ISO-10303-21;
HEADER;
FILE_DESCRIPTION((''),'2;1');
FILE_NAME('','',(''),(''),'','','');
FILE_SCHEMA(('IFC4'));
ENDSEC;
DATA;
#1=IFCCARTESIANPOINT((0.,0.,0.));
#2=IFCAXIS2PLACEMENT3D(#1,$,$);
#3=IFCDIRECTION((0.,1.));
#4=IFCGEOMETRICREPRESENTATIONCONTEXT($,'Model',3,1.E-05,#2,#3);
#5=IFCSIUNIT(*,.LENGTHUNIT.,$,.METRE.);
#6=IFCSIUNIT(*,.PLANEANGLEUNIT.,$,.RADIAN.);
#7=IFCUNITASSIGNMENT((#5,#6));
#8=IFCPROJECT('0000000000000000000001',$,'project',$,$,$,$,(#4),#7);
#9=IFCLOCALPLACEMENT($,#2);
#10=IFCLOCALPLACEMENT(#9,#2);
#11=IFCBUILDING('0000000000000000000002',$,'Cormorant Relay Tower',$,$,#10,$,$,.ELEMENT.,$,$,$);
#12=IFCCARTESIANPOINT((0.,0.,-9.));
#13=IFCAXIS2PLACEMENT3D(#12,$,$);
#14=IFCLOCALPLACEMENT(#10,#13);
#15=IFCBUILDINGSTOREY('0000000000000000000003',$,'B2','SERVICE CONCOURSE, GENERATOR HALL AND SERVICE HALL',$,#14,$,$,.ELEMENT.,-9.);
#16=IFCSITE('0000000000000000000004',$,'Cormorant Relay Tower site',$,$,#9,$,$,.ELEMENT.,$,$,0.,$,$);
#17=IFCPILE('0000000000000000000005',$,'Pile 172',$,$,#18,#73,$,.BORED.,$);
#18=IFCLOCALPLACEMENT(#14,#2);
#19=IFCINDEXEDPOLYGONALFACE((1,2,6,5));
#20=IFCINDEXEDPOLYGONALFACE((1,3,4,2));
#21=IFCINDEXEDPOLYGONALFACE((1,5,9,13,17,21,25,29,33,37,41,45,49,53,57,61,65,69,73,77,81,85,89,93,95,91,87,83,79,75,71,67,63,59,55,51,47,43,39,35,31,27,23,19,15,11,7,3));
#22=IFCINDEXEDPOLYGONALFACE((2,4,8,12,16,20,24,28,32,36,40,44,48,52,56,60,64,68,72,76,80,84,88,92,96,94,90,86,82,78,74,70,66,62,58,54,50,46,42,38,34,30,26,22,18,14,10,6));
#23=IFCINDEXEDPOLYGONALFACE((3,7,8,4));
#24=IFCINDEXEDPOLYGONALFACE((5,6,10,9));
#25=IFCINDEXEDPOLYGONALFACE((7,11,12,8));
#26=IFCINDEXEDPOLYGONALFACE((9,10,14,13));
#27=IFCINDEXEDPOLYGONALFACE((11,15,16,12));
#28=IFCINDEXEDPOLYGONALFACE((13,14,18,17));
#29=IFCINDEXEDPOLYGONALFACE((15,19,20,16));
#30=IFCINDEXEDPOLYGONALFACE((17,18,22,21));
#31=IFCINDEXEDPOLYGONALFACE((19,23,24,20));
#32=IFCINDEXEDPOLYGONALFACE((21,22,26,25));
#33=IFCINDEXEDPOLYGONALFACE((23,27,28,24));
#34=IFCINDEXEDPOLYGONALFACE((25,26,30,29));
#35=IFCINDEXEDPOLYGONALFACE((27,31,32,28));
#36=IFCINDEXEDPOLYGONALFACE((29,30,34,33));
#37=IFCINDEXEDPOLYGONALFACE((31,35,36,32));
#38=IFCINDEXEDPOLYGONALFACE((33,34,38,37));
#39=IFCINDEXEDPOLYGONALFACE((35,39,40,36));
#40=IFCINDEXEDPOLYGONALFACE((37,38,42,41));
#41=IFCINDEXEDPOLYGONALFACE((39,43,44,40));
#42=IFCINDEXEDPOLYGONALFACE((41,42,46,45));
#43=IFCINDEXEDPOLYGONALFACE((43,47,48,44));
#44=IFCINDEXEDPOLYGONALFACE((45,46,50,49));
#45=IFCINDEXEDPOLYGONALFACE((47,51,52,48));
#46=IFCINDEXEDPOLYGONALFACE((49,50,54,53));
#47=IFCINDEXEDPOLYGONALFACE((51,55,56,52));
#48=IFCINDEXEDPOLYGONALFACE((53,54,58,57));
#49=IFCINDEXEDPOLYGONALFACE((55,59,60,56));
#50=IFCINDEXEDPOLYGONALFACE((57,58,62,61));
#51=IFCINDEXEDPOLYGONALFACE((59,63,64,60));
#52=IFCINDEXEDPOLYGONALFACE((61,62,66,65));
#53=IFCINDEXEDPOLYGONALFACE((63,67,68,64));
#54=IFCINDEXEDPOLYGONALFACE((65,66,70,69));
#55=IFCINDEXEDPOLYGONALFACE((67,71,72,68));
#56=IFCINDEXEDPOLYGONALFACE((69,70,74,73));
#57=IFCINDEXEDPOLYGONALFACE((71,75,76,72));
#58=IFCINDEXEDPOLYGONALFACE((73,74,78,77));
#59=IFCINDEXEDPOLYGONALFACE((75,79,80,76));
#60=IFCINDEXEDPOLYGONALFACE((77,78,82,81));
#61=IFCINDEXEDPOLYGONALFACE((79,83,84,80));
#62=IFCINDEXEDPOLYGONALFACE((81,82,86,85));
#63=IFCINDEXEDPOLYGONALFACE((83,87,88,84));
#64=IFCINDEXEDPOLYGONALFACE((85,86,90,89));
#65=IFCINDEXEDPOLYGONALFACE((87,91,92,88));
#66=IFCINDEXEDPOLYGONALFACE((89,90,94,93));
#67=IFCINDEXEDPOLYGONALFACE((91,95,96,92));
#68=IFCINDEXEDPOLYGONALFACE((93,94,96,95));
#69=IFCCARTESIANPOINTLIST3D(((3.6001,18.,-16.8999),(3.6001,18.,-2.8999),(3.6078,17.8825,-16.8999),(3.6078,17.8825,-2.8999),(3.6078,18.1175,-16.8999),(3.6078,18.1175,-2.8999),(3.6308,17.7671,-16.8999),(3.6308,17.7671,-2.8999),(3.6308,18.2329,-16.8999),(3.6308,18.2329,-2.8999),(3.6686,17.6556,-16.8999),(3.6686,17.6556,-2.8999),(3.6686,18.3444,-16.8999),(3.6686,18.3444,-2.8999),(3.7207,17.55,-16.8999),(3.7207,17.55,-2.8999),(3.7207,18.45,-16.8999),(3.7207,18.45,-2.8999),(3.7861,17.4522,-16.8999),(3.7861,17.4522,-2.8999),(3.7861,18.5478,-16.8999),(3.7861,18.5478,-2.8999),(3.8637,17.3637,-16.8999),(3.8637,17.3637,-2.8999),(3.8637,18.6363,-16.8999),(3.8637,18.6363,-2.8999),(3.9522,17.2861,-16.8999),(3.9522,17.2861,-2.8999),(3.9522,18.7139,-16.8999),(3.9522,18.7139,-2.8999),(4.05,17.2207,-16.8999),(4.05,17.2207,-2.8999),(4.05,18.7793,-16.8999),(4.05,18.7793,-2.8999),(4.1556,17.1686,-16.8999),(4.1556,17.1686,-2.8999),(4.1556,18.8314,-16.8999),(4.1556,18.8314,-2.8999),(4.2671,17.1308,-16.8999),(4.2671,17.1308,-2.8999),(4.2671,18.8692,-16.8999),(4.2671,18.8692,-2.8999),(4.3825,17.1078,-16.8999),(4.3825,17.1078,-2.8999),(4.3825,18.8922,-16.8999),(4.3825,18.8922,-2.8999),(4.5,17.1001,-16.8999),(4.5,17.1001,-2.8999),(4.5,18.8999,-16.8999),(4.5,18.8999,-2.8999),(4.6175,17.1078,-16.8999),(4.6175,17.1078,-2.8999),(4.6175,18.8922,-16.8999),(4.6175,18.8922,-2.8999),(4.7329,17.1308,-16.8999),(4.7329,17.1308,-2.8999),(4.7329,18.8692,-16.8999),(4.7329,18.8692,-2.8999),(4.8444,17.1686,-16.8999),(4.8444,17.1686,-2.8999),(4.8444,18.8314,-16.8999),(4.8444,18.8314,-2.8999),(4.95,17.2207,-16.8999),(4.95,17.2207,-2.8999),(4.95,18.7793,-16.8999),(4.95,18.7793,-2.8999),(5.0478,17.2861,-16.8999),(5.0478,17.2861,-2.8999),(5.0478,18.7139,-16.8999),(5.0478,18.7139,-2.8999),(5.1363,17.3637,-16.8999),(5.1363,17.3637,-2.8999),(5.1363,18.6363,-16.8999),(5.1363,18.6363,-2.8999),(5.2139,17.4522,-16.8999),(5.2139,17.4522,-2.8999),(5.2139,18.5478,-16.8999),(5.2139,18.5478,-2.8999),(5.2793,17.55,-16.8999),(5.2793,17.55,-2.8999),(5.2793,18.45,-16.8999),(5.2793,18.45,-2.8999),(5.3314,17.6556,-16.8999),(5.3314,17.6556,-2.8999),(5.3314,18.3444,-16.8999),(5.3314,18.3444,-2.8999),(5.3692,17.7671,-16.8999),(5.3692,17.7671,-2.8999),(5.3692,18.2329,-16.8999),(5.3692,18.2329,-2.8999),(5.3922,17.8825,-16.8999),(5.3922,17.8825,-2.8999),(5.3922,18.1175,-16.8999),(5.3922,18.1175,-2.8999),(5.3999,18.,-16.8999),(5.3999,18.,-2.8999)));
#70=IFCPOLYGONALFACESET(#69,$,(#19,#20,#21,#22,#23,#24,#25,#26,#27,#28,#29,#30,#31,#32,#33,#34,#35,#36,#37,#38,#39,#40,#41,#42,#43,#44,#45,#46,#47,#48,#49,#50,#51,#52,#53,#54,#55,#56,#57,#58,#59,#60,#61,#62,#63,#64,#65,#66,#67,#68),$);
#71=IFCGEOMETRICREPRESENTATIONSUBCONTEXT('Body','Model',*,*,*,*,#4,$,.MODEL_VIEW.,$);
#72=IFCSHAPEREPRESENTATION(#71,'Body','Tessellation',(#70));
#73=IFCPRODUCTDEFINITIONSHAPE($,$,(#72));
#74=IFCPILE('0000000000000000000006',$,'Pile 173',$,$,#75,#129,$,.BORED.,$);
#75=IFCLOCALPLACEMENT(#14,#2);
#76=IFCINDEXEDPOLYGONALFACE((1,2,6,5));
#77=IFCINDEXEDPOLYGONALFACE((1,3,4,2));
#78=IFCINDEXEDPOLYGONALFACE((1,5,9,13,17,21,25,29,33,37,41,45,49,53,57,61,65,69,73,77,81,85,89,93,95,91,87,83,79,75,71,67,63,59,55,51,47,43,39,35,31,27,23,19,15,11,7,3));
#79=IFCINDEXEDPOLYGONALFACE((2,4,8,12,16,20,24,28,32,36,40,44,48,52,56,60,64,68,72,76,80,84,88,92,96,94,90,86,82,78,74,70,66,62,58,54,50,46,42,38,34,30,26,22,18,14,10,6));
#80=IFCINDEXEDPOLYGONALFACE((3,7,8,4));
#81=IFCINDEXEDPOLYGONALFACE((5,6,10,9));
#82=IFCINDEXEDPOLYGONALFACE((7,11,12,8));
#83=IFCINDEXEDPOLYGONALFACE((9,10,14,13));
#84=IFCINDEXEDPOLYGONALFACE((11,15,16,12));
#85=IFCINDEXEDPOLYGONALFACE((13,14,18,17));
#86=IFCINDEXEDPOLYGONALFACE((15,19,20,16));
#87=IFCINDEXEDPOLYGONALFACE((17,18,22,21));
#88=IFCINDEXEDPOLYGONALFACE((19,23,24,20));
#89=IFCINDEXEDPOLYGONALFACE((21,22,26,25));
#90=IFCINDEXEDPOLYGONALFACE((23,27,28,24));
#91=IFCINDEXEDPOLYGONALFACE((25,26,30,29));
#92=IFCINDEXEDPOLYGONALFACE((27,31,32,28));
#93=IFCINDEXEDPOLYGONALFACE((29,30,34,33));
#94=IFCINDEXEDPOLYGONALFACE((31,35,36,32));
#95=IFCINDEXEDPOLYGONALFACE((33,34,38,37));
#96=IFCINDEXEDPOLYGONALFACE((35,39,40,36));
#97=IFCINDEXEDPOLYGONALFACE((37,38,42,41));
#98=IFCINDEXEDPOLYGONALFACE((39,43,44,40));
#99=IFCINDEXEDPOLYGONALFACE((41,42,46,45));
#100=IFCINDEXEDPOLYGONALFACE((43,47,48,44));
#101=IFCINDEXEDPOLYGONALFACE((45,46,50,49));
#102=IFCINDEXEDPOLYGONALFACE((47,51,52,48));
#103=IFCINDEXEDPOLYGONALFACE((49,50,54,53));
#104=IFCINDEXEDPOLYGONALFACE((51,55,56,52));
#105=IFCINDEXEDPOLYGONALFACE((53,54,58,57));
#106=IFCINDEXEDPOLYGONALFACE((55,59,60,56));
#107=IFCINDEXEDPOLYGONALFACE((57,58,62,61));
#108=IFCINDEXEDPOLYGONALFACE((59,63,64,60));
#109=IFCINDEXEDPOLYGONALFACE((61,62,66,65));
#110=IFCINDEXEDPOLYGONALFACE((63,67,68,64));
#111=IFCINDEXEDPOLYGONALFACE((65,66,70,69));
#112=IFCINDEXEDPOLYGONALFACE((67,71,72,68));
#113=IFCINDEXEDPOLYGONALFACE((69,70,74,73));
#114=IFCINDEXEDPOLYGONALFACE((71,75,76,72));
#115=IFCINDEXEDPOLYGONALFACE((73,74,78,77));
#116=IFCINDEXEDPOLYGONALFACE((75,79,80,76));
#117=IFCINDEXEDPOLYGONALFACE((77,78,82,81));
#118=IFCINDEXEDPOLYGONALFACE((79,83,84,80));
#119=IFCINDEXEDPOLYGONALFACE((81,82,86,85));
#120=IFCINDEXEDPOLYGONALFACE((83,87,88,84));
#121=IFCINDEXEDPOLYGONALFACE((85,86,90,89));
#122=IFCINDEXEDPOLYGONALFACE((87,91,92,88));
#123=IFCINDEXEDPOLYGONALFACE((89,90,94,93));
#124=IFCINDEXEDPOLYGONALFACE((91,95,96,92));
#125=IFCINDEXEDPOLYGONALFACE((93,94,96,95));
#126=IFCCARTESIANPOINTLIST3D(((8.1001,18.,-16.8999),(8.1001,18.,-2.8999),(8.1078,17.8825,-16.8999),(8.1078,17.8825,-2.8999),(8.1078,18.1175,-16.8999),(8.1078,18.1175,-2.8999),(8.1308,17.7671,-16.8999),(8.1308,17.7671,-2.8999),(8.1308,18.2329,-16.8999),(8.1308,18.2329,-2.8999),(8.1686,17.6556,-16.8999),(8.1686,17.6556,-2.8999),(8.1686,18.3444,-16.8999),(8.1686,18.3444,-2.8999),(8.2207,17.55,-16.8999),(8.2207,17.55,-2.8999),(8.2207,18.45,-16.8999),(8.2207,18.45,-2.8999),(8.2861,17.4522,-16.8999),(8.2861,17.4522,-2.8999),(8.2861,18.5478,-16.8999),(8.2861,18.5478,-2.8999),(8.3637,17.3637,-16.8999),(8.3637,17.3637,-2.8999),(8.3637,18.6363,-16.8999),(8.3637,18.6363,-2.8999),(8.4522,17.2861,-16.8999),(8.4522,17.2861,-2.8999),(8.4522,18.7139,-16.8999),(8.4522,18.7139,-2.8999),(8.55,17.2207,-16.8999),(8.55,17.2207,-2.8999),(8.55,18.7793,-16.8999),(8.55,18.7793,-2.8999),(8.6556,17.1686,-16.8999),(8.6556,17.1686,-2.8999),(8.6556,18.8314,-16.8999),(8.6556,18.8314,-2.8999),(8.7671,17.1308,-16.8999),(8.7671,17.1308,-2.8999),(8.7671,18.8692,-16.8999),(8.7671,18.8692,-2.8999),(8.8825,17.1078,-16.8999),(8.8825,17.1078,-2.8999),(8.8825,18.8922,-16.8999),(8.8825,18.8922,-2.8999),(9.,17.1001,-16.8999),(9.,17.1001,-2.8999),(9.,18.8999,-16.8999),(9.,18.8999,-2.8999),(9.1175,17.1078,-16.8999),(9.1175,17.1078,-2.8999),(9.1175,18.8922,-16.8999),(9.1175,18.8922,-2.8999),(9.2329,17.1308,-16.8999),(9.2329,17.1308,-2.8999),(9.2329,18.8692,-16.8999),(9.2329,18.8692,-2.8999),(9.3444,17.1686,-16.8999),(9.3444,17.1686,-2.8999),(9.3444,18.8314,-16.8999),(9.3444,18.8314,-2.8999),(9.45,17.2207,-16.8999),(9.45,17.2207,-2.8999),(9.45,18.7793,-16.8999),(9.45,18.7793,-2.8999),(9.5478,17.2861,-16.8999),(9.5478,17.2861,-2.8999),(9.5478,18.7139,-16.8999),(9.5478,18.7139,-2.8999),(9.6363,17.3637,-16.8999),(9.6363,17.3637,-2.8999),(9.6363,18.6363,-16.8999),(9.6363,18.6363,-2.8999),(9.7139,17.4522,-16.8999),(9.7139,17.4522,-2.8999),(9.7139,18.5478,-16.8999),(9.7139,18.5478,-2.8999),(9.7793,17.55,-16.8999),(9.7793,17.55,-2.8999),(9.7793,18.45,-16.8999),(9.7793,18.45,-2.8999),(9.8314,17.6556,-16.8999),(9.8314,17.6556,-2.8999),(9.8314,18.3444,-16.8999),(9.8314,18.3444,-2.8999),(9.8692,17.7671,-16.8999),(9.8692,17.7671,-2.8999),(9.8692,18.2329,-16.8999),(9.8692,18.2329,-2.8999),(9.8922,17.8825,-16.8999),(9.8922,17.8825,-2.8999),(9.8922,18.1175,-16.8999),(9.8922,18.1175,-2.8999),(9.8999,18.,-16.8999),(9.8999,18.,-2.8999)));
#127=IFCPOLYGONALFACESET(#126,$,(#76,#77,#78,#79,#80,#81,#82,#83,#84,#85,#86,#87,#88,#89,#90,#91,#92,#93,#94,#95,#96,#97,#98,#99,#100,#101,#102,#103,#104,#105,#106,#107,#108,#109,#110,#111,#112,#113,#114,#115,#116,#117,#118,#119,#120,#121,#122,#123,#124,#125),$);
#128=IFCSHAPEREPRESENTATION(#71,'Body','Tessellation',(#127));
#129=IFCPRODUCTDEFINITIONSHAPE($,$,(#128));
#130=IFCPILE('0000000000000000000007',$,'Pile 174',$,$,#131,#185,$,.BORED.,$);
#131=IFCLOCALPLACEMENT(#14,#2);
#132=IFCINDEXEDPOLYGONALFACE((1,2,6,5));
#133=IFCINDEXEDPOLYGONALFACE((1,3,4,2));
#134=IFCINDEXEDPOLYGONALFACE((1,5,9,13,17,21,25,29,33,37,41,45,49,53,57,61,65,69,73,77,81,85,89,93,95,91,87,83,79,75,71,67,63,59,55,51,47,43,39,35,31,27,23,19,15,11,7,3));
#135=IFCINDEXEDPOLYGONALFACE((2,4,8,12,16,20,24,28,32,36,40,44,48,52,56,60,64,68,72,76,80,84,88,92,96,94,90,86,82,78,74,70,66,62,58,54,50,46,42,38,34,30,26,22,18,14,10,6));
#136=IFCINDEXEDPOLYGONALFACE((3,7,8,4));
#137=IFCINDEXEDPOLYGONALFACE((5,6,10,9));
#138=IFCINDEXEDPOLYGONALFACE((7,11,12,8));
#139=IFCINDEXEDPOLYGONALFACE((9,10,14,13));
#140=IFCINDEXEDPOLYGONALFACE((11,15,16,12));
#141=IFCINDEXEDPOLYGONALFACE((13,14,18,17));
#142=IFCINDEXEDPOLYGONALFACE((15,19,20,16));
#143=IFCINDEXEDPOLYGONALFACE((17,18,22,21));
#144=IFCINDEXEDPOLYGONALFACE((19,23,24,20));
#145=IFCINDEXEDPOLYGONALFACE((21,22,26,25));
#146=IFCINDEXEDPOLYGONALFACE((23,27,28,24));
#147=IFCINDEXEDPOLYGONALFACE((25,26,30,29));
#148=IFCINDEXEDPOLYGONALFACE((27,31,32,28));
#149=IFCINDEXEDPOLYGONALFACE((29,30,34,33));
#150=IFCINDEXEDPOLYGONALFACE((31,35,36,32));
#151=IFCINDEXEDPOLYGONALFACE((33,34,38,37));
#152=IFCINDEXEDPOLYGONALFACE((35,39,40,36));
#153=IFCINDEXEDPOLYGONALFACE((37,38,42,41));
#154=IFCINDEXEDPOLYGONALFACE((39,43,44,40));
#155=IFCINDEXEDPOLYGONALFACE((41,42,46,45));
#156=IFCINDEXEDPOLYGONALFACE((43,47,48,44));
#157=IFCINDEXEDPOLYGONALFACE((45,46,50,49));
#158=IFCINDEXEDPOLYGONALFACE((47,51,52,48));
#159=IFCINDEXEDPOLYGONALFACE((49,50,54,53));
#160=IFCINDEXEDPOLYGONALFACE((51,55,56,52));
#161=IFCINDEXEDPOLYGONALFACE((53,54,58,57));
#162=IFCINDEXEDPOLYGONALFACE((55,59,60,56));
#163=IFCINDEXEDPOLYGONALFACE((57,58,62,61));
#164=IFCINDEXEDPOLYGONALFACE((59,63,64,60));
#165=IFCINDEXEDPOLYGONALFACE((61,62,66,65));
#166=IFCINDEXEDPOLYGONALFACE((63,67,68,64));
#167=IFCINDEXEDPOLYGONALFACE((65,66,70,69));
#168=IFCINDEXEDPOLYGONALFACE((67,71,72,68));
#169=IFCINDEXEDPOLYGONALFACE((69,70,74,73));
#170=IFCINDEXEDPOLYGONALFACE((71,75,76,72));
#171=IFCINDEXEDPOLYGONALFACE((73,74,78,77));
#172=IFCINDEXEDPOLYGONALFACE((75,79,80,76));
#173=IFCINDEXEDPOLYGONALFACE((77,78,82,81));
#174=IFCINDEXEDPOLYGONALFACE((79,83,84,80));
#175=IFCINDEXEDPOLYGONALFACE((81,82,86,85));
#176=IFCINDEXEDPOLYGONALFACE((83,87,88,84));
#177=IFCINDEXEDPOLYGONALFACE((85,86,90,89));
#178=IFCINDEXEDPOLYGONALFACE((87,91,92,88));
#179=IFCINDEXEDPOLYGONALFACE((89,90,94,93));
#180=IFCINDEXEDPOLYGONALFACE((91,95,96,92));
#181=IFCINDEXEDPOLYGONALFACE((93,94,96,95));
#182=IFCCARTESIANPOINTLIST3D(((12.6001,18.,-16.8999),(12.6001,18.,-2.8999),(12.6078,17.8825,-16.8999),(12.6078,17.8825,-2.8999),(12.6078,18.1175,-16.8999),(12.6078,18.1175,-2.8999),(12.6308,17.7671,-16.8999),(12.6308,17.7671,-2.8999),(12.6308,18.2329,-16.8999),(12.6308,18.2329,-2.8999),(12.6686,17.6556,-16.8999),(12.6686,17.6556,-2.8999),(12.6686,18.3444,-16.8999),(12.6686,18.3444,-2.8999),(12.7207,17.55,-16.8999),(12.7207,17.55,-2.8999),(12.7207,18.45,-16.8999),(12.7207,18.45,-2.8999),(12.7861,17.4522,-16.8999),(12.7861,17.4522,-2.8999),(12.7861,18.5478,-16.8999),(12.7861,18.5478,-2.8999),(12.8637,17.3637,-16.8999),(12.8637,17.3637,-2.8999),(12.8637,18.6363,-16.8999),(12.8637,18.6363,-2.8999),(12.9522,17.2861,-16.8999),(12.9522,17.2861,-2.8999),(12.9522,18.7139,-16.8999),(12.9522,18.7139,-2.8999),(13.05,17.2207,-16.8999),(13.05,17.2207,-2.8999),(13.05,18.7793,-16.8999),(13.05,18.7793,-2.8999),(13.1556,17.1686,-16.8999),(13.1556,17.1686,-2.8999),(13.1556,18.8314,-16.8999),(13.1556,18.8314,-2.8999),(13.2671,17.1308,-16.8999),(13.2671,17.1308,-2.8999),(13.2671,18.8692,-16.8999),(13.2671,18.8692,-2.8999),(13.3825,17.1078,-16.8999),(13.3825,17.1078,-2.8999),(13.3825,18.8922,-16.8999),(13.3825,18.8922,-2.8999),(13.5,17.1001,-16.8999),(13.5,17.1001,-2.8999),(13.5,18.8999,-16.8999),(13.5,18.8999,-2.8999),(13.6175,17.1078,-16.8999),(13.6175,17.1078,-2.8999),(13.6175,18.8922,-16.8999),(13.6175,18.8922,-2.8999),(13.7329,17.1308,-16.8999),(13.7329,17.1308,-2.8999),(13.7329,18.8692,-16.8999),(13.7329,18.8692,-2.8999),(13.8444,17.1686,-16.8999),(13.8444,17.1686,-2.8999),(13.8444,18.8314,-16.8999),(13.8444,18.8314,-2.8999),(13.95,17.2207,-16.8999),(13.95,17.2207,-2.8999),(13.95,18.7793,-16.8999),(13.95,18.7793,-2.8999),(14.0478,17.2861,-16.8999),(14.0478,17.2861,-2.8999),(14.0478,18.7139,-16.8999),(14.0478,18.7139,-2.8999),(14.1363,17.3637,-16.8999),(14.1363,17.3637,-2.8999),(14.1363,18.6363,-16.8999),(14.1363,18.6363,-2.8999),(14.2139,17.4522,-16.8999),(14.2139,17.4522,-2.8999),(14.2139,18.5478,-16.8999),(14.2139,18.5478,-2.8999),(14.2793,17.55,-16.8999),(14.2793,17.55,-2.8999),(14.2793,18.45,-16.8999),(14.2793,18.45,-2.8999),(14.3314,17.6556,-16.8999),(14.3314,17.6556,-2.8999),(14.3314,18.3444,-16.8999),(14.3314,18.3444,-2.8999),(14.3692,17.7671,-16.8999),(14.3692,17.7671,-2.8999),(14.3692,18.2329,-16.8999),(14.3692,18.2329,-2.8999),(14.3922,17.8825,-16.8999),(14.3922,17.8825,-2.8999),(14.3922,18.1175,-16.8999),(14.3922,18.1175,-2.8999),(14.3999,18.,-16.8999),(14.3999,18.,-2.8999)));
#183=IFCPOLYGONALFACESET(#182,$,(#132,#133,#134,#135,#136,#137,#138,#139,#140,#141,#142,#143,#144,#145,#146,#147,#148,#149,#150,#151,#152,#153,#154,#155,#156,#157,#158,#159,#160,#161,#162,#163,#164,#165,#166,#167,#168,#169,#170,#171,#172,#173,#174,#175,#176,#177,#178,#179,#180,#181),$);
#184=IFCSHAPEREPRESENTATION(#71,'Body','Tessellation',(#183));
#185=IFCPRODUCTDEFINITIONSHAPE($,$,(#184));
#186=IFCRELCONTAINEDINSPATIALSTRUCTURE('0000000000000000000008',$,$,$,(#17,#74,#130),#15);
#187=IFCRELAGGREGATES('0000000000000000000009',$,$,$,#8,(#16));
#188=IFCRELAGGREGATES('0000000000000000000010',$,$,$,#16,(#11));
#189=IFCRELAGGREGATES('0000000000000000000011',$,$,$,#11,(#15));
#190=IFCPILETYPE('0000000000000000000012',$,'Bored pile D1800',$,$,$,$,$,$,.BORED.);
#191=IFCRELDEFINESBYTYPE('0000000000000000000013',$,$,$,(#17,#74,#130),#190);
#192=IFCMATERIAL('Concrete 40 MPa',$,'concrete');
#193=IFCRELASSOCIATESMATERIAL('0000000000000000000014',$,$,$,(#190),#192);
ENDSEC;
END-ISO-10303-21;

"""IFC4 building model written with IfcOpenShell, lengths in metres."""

from ifc_helpers import new_model, si_unit, direction, frame, origin, origin_2d, place, context, subcontext, project, spatial, circle, extrude, material, material_profile, profile_set, type_object, element, save


model = new_model("IFC4")

# Units and contexts
model_context = context("Model", 3, precision=1e-05, world=origin(), true_north=direction((0.0, 1.0)))
body_context = subcontext(model_context, "Body", "Model", "MODEL_VIEW")
ifc_project = project(units=[si_unit("LENGTHUNIT", "METRE"), si_unit("PLANEANGLEUNIT", "RADIAN")], contexts=[model_context])

# Site, building, storey
site_placement = place(None, origin())
site = spatial("IfcSite", under=ifc_project, at=site_placement, Name="Cormorant Relay Tower site", CompositionType="ELEMENT", RefElevation=0.0)
building_placement = place(site_placement, origin())
building = spatial("IfcBuilding", under=site, at=building_placement, Name="Cormorant Relay Tower", CompositionType="ELEMENT")
storey_placement = place(building_placement, frame((0.0, 0.0, -9.0)))
storey = spatial("IfcBuildingStorey", under=building, at=storey_placement, Name="B2", Description="SERVICE CONCOURSE, GENERATOR HALL AND SERVICE HALL", CompositionType="ELEMENT", Elevation=-9.0)

# Piles
ifc_material_1 = material(Name="Concrete 40 MPa", Category="concrete")
ifc_material_profile_1 = material_profile(ifc_material_1, circle(Radius=0.8999, at=origin_2d()), Name="BP1800")
ifc_profile_set_1 = profile_set([ifc_material_profile_1], Name="Concrete 40 MPa")
pile_type = type_object("IfcPileType", Name="Bored pile D1800", PredefinedType="BORED", material=ifc_profile_set_1)
for number, where, z_axis, x_axis, name in (
    (1, (4.5, 18.0, -2.8999), (0.0, 0.0, -1.0), (1.0, 0.0, 0.0), "Pile 172"),
    (2, (9.0, 18.0, -2.8999), (0.0, 0.0, -1.0), (1.0, 0.0, 0.0), "Pile 173"),
    (3, (13.5, 18.0, -2.8999), (0.0, 0.0, -1.0), (1.0, 0.0, 0.0), "Pile 174"),
):
    element("IfcPile", number, at=place(storey_placement, frame(where, z_axis=z_axis, x_axis=x_axis)), inside=storey, type_object=pile_type, Name=name, PredefinedType="BORED", context=body_context, shape_type="SweptSolid", body=[
        extrude(circle(Radius=0.8999, at=origin_2d()), origin(), (0.0, 0.0, 1.0), 14.0),
    ])

save(model, "model.ifc")
